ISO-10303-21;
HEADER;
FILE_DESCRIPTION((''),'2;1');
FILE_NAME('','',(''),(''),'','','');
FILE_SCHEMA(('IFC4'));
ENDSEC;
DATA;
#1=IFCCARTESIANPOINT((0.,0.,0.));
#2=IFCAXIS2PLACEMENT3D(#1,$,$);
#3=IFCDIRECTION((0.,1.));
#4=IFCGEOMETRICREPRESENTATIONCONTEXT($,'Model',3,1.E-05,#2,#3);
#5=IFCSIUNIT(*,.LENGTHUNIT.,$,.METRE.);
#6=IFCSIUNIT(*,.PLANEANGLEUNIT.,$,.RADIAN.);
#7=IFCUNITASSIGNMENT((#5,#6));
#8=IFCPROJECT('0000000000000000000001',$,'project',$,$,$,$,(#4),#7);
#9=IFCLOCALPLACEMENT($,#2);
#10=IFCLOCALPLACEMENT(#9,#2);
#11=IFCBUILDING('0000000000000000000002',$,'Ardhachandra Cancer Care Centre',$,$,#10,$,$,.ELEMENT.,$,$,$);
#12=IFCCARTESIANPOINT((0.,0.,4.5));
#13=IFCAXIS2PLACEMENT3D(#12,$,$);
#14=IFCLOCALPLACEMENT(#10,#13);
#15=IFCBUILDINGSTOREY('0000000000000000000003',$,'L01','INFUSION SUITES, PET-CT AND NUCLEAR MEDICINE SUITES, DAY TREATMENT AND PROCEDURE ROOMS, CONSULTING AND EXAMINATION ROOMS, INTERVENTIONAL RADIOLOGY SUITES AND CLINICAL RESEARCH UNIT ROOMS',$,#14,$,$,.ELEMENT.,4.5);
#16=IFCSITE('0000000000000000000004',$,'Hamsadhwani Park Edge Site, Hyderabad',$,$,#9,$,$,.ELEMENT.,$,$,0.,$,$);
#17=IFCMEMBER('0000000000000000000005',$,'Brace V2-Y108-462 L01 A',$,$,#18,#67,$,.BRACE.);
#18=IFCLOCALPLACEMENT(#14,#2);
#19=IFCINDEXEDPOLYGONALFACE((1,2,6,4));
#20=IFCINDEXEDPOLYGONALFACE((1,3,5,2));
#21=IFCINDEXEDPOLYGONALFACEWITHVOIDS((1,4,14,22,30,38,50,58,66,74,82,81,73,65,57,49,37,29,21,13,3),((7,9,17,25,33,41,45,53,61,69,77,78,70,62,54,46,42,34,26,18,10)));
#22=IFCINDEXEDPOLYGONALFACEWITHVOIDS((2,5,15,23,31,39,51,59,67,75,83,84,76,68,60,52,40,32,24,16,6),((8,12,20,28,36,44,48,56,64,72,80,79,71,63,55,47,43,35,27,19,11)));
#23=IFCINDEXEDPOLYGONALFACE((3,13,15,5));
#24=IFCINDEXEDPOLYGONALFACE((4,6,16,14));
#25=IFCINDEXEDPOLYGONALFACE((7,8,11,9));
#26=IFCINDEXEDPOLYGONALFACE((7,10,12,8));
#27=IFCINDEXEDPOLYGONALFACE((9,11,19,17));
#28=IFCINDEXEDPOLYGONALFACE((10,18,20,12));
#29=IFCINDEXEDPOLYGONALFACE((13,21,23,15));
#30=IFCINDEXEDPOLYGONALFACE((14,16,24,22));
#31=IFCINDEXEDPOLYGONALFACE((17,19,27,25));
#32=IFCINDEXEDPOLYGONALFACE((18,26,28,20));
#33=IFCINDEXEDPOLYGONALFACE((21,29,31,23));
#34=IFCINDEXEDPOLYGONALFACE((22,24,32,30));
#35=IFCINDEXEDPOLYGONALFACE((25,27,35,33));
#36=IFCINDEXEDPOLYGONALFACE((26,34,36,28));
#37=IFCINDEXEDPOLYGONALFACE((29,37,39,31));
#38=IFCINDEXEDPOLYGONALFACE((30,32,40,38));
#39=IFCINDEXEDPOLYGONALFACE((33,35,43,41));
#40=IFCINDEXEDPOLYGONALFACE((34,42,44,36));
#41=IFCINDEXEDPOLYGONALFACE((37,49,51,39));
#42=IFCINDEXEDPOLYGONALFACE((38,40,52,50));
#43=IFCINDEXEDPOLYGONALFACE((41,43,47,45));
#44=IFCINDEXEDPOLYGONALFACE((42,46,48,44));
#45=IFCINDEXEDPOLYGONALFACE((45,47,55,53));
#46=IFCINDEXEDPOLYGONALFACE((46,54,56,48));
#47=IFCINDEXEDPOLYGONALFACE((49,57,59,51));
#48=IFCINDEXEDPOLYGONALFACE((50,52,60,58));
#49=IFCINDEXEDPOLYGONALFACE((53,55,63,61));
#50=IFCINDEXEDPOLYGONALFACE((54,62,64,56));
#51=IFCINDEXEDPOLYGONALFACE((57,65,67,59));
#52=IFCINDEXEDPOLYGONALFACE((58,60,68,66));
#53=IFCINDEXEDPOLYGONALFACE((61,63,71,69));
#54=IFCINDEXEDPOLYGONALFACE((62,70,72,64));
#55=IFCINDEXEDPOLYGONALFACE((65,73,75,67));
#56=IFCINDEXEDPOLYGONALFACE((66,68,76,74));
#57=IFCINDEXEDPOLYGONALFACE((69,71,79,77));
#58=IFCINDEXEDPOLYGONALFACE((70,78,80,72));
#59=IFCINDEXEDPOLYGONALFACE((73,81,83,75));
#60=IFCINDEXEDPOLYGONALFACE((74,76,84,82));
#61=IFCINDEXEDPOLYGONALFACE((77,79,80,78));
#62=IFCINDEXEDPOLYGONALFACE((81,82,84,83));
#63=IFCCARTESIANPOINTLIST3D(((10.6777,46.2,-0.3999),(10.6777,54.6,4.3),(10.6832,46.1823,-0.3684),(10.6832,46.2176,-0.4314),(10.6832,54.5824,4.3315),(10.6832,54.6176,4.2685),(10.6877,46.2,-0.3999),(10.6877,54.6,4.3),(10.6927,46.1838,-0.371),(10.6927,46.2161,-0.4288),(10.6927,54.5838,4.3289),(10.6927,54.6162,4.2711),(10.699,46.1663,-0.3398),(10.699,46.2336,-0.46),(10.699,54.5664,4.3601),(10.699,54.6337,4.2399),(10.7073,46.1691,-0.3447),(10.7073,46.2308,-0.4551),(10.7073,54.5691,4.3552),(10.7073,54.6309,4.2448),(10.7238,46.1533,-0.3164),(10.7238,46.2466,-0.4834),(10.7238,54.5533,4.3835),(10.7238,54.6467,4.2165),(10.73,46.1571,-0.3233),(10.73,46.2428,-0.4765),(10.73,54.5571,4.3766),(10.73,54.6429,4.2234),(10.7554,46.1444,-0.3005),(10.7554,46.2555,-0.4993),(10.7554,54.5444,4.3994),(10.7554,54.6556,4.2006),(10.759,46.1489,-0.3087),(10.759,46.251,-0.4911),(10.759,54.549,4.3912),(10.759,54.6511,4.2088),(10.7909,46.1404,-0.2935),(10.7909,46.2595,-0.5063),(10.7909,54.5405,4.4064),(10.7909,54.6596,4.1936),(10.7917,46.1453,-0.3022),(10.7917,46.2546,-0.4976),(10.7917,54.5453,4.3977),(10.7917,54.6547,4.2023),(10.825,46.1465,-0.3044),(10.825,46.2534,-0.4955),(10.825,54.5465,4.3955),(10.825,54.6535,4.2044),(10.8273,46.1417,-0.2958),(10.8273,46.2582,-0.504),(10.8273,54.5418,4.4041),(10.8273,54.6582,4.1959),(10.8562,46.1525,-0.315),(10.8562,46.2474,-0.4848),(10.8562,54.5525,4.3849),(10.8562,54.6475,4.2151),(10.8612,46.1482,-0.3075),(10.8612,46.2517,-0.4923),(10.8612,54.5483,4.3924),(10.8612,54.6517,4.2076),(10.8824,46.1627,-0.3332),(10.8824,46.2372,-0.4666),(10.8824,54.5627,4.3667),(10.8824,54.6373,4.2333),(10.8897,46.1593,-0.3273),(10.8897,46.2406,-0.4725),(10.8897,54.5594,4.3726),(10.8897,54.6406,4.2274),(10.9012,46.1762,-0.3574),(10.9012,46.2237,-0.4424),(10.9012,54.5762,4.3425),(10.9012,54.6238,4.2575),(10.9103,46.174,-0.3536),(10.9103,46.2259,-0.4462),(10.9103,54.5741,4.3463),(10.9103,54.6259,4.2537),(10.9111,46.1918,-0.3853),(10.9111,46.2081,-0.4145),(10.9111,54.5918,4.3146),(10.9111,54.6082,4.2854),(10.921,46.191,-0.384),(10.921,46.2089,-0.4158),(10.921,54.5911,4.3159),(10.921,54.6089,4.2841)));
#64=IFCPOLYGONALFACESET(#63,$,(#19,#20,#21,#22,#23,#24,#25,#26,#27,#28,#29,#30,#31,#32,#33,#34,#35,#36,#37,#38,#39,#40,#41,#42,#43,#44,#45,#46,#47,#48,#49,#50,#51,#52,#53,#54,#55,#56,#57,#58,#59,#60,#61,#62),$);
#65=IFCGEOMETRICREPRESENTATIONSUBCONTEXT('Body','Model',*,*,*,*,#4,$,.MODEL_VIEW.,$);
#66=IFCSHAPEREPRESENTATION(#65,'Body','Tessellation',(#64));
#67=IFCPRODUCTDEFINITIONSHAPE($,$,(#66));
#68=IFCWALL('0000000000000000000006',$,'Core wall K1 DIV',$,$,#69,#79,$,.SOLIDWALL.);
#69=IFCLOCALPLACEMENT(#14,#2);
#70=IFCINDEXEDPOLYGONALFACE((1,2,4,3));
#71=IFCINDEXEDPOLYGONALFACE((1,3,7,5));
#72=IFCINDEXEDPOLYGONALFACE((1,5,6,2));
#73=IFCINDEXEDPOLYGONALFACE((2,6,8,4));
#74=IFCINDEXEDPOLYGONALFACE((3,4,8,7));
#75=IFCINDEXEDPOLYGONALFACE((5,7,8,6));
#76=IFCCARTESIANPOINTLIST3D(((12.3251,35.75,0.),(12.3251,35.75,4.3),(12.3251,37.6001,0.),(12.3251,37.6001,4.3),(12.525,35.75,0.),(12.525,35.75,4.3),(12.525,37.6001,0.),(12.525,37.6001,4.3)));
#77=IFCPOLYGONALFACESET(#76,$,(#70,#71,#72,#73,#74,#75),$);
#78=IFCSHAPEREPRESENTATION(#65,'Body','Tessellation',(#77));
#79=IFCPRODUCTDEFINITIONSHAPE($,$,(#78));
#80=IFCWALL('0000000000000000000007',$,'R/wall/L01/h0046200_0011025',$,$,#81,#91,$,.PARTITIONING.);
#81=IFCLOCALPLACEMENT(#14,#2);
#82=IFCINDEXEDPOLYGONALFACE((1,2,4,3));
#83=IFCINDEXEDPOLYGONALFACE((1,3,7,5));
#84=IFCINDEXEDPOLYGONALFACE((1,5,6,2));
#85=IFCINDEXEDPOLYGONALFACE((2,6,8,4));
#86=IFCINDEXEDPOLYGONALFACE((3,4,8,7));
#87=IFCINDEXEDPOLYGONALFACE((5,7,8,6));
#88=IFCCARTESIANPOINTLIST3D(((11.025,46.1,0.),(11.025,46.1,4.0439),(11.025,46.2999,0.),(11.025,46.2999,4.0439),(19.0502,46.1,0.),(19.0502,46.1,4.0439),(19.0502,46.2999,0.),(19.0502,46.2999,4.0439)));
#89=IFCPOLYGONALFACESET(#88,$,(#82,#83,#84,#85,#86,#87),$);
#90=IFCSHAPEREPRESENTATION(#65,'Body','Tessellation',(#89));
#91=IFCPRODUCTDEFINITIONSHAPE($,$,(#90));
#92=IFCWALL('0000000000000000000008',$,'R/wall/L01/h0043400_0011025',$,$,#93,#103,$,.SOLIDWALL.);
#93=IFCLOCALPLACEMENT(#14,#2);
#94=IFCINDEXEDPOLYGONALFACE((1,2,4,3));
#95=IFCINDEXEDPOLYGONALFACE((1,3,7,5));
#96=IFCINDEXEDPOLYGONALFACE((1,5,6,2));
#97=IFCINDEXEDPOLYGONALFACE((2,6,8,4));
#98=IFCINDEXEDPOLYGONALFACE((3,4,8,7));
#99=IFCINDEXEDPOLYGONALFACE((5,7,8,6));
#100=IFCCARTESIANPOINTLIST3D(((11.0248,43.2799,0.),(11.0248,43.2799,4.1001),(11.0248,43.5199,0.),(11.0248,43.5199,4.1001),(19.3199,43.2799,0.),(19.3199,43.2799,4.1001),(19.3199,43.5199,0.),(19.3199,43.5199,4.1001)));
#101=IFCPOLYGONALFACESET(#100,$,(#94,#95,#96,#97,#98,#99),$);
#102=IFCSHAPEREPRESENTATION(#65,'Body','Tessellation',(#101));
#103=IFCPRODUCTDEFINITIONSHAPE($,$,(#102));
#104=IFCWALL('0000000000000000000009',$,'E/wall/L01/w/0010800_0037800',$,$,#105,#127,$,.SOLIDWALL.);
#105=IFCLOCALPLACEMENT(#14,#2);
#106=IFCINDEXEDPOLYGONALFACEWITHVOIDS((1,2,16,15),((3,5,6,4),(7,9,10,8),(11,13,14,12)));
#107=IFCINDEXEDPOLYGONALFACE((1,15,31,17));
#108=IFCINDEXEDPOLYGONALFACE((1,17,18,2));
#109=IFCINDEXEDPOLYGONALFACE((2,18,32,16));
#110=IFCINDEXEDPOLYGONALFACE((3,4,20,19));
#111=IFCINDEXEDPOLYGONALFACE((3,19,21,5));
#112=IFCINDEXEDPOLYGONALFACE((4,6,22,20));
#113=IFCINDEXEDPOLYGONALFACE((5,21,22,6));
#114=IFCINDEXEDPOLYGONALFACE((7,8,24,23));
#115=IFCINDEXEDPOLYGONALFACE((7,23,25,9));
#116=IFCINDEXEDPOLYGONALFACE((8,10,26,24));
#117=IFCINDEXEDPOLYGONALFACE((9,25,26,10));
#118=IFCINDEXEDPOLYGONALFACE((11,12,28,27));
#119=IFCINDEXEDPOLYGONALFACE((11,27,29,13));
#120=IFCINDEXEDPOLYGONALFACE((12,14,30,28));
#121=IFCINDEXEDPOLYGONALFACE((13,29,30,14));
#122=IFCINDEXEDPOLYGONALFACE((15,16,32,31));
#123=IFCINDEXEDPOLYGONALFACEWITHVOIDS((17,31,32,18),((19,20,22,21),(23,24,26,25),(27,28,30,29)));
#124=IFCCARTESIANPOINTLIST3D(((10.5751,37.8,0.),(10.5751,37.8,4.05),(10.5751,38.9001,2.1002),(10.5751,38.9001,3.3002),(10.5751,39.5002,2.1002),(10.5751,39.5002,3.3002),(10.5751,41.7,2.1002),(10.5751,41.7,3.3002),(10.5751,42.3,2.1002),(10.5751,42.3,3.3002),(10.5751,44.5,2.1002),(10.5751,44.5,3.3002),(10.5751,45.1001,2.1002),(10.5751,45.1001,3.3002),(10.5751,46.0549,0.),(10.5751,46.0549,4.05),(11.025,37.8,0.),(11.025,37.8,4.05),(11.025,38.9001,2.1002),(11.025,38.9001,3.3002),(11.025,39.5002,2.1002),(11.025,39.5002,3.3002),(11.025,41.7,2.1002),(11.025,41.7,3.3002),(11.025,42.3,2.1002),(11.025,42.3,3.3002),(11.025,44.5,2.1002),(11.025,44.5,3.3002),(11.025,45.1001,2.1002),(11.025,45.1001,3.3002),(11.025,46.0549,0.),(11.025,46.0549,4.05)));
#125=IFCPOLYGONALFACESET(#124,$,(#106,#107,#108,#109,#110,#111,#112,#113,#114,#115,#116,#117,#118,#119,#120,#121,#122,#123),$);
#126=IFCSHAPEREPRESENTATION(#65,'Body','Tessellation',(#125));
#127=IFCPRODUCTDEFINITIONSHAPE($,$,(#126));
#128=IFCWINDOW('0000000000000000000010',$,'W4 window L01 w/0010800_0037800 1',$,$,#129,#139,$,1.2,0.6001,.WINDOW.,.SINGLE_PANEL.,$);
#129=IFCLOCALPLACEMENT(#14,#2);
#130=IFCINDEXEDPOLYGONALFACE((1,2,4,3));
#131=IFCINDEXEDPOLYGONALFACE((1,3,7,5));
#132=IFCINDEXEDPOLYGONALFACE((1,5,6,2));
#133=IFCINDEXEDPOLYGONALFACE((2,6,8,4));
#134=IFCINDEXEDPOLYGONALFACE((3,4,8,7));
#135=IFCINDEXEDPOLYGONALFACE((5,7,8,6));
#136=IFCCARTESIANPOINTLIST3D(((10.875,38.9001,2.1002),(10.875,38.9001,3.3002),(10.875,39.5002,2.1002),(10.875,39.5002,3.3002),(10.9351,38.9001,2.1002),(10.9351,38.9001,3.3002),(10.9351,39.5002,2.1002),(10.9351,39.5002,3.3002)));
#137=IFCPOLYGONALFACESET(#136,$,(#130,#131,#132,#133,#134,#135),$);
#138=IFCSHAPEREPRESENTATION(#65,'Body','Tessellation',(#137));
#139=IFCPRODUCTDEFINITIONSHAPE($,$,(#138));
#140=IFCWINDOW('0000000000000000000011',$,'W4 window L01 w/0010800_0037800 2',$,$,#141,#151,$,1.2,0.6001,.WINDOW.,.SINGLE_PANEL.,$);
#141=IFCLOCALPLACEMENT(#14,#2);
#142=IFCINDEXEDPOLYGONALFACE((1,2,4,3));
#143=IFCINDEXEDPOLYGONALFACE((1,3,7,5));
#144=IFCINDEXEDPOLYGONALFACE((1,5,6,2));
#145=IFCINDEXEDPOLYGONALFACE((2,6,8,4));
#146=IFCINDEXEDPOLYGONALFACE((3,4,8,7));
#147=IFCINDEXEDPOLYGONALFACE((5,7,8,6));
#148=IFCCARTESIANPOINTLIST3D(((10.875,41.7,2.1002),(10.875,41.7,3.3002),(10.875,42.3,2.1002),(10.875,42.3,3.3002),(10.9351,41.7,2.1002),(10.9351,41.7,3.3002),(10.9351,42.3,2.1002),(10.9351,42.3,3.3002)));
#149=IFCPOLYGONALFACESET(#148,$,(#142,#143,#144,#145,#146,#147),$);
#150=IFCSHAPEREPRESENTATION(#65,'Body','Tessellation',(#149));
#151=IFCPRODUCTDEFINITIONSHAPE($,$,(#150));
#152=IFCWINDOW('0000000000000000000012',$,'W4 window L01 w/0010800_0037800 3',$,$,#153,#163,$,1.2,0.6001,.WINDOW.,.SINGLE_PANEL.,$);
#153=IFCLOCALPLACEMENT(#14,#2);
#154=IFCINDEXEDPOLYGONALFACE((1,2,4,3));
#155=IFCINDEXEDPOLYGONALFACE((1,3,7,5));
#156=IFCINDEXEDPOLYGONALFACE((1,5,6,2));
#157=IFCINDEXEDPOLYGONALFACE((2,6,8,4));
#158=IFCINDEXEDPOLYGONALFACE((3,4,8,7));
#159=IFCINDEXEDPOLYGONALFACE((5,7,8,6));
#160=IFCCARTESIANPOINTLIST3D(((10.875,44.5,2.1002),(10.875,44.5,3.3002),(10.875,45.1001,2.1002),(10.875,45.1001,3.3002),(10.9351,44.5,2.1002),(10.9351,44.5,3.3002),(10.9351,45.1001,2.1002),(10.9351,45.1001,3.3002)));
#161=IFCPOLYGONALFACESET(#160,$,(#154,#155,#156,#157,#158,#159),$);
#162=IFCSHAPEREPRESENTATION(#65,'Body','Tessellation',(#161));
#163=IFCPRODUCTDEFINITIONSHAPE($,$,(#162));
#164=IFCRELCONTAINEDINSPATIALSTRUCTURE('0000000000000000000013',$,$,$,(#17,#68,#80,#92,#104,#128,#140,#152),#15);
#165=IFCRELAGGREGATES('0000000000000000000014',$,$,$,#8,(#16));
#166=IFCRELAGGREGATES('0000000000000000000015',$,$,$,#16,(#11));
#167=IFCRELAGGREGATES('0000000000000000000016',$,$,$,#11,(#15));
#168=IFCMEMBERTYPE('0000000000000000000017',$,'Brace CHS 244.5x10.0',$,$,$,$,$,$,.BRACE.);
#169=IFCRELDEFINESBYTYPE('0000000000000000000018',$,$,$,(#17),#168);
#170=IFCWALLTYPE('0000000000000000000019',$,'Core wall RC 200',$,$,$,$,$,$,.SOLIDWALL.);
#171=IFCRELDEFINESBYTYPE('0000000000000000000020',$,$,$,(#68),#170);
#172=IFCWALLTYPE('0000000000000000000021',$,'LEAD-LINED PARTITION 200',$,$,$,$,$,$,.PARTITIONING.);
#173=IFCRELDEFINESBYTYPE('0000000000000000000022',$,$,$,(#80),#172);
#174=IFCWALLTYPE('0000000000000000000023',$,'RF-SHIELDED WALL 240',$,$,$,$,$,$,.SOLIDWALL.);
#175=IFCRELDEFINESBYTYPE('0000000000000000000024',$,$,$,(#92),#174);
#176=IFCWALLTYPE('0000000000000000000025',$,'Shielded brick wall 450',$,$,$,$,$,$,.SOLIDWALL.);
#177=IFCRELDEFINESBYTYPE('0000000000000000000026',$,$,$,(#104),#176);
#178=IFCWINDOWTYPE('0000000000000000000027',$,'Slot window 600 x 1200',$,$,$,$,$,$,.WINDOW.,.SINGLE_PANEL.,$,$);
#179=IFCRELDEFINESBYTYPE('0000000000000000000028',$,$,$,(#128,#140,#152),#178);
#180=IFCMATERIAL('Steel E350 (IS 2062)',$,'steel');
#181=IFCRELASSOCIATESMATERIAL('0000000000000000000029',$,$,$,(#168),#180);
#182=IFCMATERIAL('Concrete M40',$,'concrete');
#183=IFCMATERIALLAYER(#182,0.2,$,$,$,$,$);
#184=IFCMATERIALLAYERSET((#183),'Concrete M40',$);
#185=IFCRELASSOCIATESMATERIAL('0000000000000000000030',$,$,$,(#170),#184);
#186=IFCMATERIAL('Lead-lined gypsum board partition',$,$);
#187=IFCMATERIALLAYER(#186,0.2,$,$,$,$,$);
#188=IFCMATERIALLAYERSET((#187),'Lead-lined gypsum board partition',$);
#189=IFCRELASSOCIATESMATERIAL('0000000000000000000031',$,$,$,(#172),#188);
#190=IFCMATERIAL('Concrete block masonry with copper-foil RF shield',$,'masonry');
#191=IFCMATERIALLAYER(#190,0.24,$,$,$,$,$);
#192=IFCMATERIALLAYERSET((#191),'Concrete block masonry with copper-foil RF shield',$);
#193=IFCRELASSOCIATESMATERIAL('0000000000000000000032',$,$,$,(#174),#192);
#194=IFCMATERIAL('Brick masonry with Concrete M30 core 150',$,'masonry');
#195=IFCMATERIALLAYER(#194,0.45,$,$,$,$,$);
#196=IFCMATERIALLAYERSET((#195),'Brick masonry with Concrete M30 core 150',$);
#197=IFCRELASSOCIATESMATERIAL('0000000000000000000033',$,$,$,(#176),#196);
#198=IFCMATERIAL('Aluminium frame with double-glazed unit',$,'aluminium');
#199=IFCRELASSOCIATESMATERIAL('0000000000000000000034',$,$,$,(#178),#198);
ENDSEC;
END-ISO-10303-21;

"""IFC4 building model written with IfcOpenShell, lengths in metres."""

from ifc_helpers import new_model, si_unit, direction, frame, frame_2d, origin, origin_2d, place, context, subcontext, project, spatial, rectangle, hollow_circle, extrude, material, layer, layer_set, material_profile, profile_set, type_object, element, fill, save


model = new_model("IFC4")

# Units and contexts
model_context = context("Model", 3, precision=1e-05, world=origin(), true_north=direction((0.0, 1.0)))
body_context = subcontext(model_context, "Body", "Model", "MODEL_VIEW")
ifc_project = project(units=[si_unit("LENGTHUNIT", "METRE"), si_unit("PLANEANGLEUNIT", "RADIAN")], contexts=[model_context])

# Site, building, storey
site_placement = place(None, origin())
site = spatial("IfcSite", under=ifc_project, at=site_placement, Name="Hamsadhwani Park Edge Site, Hyderabad", CompositionType="ELEMENT", RefElevation=0.0)
building_placement = place(site_placement, origin())
building = spatial("IfcBuilding", under=site, at=building_placement, Name="Ardhachandra Cancer Care Centre", CompositionType="ELEMENT")
storey_placement = place(building_placement, frame((0.0, 0.0, 4.5)))
storey = spatial("IfcBuildingStorey", under=building, at=storey_placement, Name="L01", Description="INFUSION SUITES, PET-CT AND NUCLEAR MEDICINE SUITES, DAY TREATMENT AND PROCEDURE ROOMS, CONSULTING AND EXAMINATION ROOMS, INTERVENTIONAL RADIOLOGY SUITES AND CLINICAL RESEARCH UNIT ROOMS", CompositionType="ELEMENT", Elevation=4.5)

# Member
ifc_material_1 = material(Name="Steel E350 (IS 2062)", Category="steel")
ifc_material_profile_1 = material_profile(ifc_material_1, hollow_circle(Radius=0.1223, WallThickness=0.01, at=origin_2d()), Name="CHS 244.5x10.0")
ifc_profile_set_1 = profile_set([ifc_material_profile_1], Name="Steel E350 (IS 2062)")
member_type = type_object("IfcMemberType", Name="Brace CHS 244.5x10.0", PredefinedType="BRACE", material=ifc_profile_set_1)
member_placement = place(storey_placement, frame((10.8, 46.2, -0.3999), z_axis=(0.0, 0.872689, 0.488277), x_axis=(-1.0, 0.0, 0.0)))
element("IfcMember", 1, at=member_placement, inside=storey, type_object=member_type, Name="Brace V2-Y108-462 L01 A", PredefinedType="BRACE", context=body_context, shape_type="SweptSolid", body=[
    extrude(hollow_circle(Radius=0.1223, WallThickness=0.01, at=origin_2d()), origin(), (0.0, 0.0, 1.0), 9.6255),
])

# Walls
ifc_material_2 = material(Name="Concrete M40", Category="concrete")
ifc_layer_1 = layer(ifc_material_2, 0.2)
ifc_layer_set_1 = layer_set([ifc_layer_1], Name="Concrete M40")
wall_type_1 = type_object("IfcWallType", Name="Core wall RC 200", PredefinedType="SOLIDWALL", material=ifc_layer_set_1)
wall_1_placement = place(storey_placement, frame((12.425, 35.75, 0.0), z_axis=(0.0, 0.0, 1.0), x_axis=(0.0, 1.0, 0.0)))
element("IfcWall", 2, at=wall_1_placement, inside=storey, type_object=wall_type_1, Name="Core wall K1 DIV", PredefinedType="SOLIDWALL", context=body_context, shape_type="SweptSolid", body=[
    extrude(rectangle(XDim=1.8501, YDim=0.2, at=frame_2d((0.925, 0.0))), origin(), (0.0, 0.0, 1.0), 4.3),
])
ifc_material_3 = material(Name="Lead-lined gypsum board partition")
ifc_layer_2 = layer(ifc_material_3, 0.2)
ifc_layer_set_2 = layer_set([ifc_layer_2], Name="Lead-lined gypsum board partition")
wall_type_2 = type_object("IfcWallType", Name="LEAD-LINED PARTITION 200", PredefinedType="PARTITIONING", material=ifc_layer_set_2)
wall_2_placement = place(storey_placement, frame((11.0249, 46.2, 0.0), z_axis=(0.0, 0.0, 1.0), x_axis=(1.0, 0.0, 0.0)))
element("IfcWall", 3, at=wall_2_placement, inside=storey, type_object=wall_type_2, Name="R/wall/L01/h0046200_0011025", PredefinedType="PARTITIONING", context=body_context, shape_type="SweptSolid", body=[
    extrude(rectangle(XDim=8.0251, YDim=0.2, at=frame_2d((4.0127, 0.0))), origin(), (0.0, 0.0, 1.0), 4.0439),
])
ifc_material_4 = material(Name="Concrete block masonry with copper-foil RF shield", Category="masonry")
ifc_layer_3 = layer(ifc_material_4, 0.24)
ifc_layer_set_3 = layer_set([ifc_layer_3], Name="Concrete block masonry with copper-foil RF shield")
wall_type_3 = type_object("IfcWallType", Name="RF-SHIELDED WALL 240", PredefinedType="SOLIDWALL", material=ifc_layer_set_3)
wall_3_placement = place(storey_placement, frame((11.0249, 43.3999, 0.0), z_axis=(0.0, 0.0, 1.0), x_axis=(1.0, 0.0, 0.0)))
element("IfcWall", 4, at=wall_3_placement, inside=storey, type_object=wall_type_3, Name="R/wall/L01/h0043400_0011025", PredefinedType="SOLIDWALL", context=body_context, shape_type="SweptSolid", body=[
    extrude(rectangle(XDim=8.2952, YDim=0.24, at=frame_2d((4.1475, 0.0))), origin(), (0.0, 0.0, 1.0), 4.1001),
])

# Wall, openings, windows
ifc_material_5 = material(Name="Brick masonry with Concrete M30 core 150", Category="masonry")
ifc_layer_4 = layer(ifc_material_5, 0.45)
ifc_layer_set_4 = layer_set([ifc_layer_4], Name="Brick masonry with Concrete M30 core 150")
wall_type_4 = type_object("IfcWallType", Name="Shielded brick wall 450", PredefinedType="SOLIDWALL", material=ifc_layer_set_4)
wall_4_placement = place(storey_placement, frame((10.8, 37.8, 0.0), z_axis=(0.0, 0.0, 1.0), x_axis=(0.0, 1.0, 0.0)))
wall_4 = element("IfcWall", 5, at=wall_4_placement, inside=storey, type_object=wall_type_4, Name="E/wall/L01/w/0010800_0037800", PredefinedType="SOLIDWALL", context=body_context, shape_type="SweptSolid", body=[
    extrude(rectangle(XDim=8.2549, YDim=0.45, at=frame_2d((4.1274, 0.0))), origin(), (0.0, 0.0, 1.0), 4.05),
])
opening_1_placement = place(wall_4_placement, frame((1.1001, 0.0, 2.1001)))
opening_1 = element("IfcOpeningElement", 6, at=opening_1_placement, cuts=wall_4, PredefinedType="OPENING", context=body_context, shape_type="SweptSolid", body=[
    extrude(rectangle(XDim=0.6001, YDim=1.2, at=frame_2d((0.3, 0.6001))), frame((0.0, 0.2349, 0.0), z_axis=(0.0, -1.0, 0.0), x_axis=(1.0, 0.0, 0.0)), (0.0, 0.0, 1.0), 0.47),
])
opening_2_placement = place(wall_4_placement, frame((3.8999, 0.0, 2.1001)))
opening_2 = element("IfcOpeningElement", 7, at=opening_2_placement, cuts=wall_4, PredefinedType="OPENING", context=body_context, shape_type="SweptSolid", body=[
    extrude(rectangle(XDim=0.6001, YDim=1.2, at=frame_2d((0.3, 0.6001))), frame((0.0, 0.2349, 0.0), z_axis=(0.0, -1.0, 0.0), x_axis=(1.0, 0.0, 0.0)), (0.0, 0.0, 1.0), 0.47),
])
opening_3_placement = place(wall_4_placement, frame((6.7, 0.0, 2.1001)))
opening_3 = element("IfcOpeningElement", 8, at=opening_3_placement, cuts=wall_4, PredefinedType="OPENING", context=body_context, shape_type="SweptSolid", body=[
    extrude(rectangle(XDim=0.6001, YDim=1.2, at=frame_2d((0.3, 0.6001))), frame((0.0, 0.2349, 0.0), z_axis=(0.0, -1.0, 0.0), x_axis=(1.0, 0.0, 0.0)), (0.0, 0.0, 1.0), 0.47),
])
ifc_material_6 = material(Name="Aluminium frame with double-glazed unit", Category="aluminium")
window_type = type_object("IfcWindowType", Name="Slot window 600 x 1200", PartitioningType="SINGLE_PANEL", PredefinedType="WINDOW", material=ifc_material_6)
window_1_placement = place(opening_1_placement, origin())
window_1 = element("IfcWindow", 9, at=window_1_placement, inside=storey, type_object=window_type, Name="W4 window L01 w/0010800_0037800 1", OverallHeight=1.2, OverallWidth=0.6001, PartitioningType="SINGLE_PANEL", PredefinedType="WINDOW", context=body_context, shape_type="SweptSolid", body=[
    extrude(rectangle(XDim=0.6001, YDim=1.2, at=frame_2d((0.3, 0.6001))), frame((0.0, -0.075, 0.0), z_axis=(0.0, -1.0, 0.0), x_axis=(1.0, 0.0, 0.0)), (0.0, 0.0, 1.0), 0.0601),
])
fill(opening_1, window_1)
window_2_placement = place(opening_2_placement, origin())
window_2 = element("IfcWindow", 10, at=window_2_placement, inside=storey, type_object=window_type, Name="W4 window L01 w/0010800_0037800 2", OverallHeight=1.2, OverallWidth=0.6001, PartitioningType="SINGLE_PANEL", PredefinedType="WINDOW", context=body_context, shape_type="SweptSolid", body=[
    extrude(rectangle(XDim=0.6001, YDim=1.2, at=frame_2d((0.3, 0.6001))), frame((0.0, -0.075, 0.0), z_axis=(0.0, -1.0, 0.0), x_axis=(1.0, 0.0, 0.0)), (0.0, 0.0, 1.0), 0.0601),
])
fill(opening_2, window_2)
window_3_placement = place(opening_3_placement, origin())
window_3 = element("IfcWindow", 11, at=window_3_placement, inside=storey, type_object=window_type, Name="W4 window L01 w/0010800_0037800 3", OverallHeight=1.2, OverallWidth=0.6001, PartitioningType="SINGLE_PANEL", PredefinedType="WINDOW", context=body_context, shape_type="SweptSolid", body=[
    extrude(rectangle(XDim=0.6001, YDim=1.2, at=frame_2d((0.3, 0.6001))), frame((0.0, -0.075, 0.0), z_axis=(0.0, -1.0, 0.0), x_axis=(1.0, 0.0, 0.0)), (0.0, 0.0, 1.0), 0.0601),
])
fill(opening_3, window_3)

save(model, "model.ifc")
